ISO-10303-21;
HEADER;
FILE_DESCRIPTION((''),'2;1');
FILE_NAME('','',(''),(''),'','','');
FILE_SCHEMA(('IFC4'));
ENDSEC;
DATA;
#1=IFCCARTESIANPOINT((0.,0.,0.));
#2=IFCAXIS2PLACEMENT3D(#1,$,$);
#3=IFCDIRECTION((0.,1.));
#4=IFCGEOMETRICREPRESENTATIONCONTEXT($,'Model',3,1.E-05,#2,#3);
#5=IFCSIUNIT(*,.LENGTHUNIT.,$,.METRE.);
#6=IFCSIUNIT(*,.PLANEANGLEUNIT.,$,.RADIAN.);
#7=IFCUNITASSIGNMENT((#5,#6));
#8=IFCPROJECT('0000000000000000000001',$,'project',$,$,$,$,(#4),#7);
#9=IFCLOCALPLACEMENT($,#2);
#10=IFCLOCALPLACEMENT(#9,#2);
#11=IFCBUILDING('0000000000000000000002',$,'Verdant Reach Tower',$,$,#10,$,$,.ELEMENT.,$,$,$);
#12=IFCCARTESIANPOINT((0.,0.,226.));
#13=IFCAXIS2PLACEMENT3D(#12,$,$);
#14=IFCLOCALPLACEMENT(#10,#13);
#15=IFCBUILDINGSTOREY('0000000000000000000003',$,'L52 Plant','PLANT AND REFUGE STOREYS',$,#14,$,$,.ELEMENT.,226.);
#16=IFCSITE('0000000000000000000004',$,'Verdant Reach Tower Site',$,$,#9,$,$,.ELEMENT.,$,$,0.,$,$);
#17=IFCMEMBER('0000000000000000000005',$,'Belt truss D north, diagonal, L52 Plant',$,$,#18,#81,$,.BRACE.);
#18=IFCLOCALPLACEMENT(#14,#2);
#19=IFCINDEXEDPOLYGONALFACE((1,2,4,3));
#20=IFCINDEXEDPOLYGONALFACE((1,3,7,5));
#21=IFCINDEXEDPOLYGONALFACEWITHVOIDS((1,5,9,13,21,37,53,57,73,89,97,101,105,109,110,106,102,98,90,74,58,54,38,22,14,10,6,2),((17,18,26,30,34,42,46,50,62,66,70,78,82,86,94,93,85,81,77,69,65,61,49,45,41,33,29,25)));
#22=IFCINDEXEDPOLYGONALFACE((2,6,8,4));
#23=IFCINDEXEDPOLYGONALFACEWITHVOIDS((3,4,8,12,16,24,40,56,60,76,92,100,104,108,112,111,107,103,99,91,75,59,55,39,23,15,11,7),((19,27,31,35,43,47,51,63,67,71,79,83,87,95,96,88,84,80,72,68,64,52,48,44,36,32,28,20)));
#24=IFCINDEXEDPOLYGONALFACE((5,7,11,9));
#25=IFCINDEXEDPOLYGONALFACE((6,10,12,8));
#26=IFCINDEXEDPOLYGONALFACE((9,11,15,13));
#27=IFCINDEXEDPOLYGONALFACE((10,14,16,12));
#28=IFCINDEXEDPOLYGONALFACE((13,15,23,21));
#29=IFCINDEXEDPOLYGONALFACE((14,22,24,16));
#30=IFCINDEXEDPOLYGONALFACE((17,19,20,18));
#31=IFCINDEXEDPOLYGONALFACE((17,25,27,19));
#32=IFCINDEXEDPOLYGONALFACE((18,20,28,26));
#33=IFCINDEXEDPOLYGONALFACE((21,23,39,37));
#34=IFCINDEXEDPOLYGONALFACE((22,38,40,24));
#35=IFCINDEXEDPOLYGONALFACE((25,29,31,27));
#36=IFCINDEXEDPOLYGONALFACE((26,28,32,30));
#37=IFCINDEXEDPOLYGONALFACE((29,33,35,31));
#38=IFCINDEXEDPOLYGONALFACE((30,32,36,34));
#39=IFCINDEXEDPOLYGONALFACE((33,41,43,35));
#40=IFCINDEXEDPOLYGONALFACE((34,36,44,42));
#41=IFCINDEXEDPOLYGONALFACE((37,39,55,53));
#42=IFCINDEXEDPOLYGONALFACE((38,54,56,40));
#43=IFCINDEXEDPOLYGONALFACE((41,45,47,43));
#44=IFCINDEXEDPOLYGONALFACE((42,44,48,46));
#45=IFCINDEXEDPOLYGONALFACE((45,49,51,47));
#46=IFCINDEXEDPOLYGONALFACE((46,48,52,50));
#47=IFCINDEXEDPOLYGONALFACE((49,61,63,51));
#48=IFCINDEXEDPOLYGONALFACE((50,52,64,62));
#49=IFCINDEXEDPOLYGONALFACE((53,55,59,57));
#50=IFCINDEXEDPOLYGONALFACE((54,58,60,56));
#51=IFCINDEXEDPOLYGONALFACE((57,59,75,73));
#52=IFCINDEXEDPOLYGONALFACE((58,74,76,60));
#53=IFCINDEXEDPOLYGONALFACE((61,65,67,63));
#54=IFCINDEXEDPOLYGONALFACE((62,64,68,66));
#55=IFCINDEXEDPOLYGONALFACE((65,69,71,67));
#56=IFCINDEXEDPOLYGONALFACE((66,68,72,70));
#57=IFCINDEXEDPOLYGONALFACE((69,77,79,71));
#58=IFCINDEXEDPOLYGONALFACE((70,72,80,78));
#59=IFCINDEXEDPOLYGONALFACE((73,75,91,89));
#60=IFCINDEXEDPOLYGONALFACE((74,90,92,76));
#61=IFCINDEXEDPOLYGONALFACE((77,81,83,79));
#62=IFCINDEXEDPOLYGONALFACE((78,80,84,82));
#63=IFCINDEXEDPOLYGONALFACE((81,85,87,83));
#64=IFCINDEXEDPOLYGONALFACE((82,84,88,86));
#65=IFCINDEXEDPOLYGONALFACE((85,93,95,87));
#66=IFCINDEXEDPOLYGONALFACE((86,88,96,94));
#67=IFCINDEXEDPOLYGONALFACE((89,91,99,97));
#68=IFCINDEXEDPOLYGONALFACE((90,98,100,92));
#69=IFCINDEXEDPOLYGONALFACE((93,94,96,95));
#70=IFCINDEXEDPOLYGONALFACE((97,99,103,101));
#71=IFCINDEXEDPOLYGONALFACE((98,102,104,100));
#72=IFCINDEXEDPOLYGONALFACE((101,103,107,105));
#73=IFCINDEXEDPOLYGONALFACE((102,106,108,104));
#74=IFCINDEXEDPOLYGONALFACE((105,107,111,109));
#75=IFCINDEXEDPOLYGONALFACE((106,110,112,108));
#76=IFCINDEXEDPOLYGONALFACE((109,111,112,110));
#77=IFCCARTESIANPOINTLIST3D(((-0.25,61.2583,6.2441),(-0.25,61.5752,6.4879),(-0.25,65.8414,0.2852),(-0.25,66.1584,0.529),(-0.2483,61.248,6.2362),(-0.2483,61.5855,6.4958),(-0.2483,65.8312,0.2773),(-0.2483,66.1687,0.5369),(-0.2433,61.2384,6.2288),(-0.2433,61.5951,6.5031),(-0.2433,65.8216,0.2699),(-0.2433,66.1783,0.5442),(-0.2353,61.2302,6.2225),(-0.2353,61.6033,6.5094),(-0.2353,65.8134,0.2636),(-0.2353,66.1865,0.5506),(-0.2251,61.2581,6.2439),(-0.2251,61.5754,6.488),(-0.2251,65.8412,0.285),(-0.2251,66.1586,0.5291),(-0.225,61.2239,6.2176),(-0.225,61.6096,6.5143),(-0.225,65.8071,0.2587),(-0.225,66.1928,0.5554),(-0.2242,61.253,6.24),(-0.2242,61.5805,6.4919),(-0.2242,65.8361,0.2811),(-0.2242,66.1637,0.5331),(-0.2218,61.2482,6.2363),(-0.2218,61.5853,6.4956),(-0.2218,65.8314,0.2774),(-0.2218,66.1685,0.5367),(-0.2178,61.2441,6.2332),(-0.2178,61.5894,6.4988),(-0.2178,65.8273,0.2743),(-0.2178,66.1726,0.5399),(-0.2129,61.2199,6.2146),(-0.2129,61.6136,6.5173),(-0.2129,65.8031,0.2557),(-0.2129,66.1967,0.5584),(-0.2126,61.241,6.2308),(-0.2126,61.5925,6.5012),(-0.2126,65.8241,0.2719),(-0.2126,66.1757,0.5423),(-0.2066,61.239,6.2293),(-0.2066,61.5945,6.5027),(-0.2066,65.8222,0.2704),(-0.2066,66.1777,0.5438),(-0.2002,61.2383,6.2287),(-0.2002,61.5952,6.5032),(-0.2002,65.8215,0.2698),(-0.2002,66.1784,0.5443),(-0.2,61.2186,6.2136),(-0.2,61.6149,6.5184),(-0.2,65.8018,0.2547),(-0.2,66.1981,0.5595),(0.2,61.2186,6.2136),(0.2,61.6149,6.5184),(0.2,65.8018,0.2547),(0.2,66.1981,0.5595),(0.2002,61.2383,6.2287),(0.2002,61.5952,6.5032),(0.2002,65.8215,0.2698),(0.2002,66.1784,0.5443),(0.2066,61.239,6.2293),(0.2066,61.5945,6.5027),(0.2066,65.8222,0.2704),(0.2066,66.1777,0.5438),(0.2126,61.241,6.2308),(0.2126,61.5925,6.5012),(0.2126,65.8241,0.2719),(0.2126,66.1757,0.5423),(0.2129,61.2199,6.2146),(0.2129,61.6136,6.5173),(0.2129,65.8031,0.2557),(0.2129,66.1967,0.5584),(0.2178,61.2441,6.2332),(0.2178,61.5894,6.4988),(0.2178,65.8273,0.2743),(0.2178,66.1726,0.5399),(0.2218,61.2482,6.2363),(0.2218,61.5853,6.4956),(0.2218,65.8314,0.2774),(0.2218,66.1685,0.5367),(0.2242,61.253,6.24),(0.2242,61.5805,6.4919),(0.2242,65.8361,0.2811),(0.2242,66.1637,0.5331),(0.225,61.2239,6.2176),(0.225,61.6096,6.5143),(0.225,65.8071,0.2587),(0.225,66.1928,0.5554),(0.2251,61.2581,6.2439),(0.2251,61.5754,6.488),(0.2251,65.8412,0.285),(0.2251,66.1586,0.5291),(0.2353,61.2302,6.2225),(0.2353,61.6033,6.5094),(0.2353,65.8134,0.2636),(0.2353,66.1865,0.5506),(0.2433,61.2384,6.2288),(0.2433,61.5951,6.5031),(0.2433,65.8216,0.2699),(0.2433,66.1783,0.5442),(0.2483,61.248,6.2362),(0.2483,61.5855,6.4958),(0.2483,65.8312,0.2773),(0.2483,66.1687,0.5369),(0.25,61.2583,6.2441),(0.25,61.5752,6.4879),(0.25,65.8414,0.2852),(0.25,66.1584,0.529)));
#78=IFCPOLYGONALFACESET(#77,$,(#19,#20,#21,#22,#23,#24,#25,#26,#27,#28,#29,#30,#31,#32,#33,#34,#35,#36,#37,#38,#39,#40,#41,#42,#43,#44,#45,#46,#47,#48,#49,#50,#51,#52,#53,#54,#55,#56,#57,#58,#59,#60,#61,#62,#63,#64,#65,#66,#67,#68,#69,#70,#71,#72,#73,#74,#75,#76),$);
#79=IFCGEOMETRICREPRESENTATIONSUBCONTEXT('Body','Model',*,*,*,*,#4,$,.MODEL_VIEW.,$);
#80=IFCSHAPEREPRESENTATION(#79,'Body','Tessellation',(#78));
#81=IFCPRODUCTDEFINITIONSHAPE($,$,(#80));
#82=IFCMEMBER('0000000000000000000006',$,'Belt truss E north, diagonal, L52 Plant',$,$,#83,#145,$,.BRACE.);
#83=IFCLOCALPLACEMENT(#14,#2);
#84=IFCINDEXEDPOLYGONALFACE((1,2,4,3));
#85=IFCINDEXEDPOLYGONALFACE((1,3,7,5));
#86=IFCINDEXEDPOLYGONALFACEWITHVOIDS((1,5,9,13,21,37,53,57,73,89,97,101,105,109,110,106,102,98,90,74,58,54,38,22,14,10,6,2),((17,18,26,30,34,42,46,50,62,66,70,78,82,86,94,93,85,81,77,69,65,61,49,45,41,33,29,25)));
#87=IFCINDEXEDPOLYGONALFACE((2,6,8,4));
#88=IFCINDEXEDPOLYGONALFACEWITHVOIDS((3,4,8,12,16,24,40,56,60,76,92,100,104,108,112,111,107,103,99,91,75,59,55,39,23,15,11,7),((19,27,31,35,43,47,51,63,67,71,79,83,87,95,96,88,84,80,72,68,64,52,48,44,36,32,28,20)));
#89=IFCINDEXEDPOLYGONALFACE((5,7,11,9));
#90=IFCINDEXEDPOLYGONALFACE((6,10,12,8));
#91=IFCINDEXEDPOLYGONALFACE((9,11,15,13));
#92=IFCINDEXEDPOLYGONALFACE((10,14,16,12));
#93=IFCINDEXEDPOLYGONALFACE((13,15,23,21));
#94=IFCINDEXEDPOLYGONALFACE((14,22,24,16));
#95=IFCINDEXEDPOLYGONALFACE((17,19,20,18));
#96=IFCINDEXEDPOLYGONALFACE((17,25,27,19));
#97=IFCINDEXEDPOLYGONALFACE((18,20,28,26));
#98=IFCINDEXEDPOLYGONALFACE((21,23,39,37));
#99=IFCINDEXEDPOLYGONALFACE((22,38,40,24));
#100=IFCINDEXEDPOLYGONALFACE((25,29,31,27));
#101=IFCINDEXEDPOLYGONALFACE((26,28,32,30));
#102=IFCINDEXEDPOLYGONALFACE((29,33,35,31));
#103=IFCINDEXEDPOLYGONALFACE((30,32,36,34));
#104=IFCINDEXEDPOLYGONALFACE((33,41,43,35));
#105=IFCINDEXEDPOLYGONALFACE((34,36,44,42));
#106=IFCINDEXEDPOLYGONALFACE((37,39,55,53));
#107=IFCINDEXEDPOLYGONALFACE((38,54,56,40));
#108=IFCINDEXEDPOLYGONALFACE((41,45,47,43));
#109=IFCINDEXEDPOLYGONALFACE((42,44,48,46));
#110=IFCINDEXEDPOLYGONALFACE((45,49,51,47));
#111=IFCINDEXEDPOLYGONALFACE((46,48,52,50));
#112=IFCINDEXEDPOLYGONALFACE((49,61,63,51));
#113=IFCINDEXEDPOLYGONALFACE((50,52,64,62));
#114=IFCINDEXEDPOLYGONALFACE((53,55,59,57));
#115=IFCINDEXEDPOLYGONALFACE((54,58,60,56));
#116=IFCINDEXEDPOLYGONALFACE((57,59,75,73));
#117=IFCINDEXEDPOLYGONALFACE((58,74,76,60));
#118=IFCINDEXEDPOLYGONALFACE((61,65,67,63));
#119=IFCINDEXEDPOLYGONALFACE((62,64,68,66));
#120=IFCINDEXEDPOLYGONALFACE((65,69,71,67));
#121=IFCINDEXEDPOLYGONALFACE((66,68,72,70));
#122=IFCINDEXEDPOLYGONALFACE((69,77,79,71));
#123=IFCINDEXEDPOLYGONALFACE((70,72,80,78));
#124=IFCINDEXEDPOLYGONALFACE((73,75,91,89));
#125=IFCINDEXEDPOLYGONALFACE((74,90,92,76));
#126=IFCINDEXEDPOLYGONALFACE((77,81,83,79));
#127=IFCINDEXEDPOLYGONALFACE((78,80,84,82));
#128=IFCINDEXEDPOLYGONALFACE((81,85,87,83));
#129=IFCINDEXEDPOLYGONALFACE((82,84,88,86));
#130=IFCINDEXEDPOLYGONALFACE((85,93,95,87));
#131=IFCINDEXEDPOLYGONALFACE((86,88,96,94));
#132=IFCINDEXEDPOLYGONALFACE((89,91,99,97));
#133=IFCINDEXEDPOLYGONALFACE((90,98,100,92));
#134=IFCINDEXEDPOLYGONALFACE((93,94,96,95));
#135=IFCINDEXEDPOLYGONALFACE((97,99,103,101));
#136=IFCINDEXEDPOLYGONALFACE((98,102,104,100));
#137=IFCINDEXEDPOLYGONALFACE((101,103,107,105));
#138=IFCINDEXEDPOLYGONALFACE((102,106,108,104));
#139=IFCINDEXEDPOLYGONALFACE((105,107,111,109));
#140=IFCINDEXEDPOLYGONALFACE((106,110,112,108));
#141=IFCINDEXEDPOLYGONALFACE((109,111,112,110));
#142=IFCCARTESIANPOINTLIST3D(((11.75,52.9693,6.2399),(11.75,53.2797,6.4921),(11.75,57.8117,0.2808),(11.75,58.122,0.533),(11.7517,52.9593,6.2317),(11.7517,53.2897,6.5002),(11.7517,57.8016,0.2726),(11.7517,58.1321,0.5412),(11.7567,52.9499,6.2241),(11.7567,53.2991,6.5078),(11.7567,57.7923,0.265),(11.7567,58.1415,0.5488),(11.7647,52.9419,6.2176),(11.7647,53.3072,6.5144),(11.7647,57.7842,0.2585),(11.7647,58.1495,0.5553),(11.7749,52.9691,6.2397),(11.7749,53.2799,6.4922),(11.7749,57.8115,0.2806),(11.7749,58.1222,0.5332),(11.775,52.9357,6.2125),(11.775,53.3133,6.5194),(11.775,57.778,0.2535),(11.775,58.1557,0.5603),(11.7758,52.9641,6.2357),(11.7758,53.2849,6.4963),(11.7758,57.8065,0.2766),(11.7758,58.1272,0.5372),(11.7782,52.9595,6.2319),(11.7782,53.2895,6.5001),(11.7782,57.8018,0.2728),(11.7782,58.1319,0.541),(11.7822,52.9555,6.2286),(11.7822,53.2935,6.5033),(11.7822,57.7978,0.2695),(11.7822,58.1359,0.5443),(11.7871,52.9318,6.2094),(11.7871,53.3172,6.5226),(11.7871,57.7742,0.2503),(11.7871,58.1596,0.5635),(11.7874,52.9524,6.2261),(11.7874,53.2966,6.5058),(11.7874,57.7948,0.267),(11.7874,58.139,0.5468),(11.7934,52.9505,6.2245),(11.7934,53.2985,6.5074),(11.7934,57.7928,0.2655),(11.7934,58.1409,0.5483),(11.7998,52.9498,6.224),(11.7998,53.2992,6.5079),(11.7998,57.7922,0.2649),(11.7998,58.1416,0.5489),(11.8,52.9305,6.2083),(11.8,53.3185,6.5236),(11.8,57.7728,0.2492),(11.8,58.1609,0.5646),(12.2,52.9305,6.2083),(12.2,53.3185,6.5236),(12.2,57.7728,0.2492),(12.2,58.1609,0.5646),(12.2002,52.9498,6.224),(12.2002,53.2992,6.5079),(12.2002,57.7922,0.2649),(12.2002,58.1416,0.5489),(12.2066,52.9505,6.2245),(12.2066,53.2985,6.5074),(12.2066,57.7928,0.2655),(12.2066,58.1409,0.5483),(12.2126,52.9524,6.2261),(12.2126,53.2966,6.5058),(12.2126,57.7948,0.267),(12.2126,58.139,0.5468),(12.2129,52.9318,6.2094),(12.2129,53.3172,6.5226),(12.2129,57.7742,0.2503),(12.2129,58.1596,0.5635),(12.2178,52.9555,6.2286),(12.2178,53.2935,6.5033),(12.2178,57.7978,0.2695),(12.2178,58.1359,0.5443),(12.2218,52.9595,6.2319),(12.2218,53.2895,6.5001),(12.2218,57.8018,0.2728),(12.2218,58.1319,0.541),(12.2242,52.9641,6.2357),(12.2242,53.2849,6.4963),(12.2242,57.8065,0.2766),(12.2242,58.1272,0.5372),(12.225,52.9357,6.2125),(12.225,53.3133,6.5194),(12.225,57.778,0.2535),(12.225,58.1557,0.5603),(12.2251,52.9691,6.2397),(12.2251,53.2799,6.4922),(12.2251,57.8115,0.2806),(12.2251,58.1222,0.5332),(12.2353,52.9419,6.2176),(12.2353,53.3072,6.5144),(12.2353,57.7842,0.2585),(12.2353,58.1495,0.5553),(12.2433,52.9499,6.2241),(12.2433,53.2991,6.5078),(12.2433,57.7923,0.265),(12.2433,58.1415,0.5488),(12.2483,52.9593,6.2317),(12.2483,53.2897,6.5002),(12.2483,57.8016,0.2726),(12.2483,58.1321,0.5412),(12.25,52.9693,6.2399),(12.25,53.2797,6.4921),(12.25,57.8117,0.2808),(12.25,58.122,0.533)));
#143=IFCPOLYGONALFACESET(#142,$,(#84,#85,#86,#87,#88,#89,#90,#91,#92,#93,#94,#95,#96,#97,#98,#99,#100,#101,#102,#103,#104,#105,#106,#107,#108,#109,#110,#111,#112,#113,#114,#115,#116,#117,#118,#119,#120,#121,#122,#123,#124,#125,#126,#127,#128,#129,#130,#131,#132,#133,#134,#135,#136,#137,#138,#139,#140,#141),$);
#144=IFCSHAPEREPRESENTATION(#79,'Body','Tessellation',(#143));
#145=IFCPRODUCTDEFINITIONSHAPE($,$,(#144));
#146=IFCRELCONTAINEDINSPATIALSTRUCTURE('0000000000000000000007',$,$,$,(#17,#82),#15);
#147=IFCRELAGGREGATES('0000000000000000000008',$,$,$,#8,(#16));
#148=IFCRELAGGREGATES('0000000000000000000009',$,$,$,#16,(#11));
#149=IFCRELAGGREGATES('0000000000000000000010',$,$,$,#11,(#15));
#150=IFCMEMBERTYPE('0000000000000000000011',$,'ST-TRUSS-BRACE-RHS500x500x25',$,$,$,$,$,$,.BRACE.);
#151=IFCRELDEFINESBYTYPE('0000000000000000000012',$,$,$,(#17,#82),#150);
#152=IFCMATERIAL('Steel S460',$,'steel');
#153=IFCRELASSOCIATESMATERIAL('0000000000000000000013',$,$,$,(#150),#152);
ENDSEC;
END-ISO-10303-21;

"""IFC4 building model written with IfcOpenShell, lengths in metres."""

from ifc_helpers import new_model, si_unit, direction, frame, origin, origin_2d, place, context, subcontext, project, spatial, hollow_rectangle, extrude, material, material_profile, profile_set, type_object, element, save


model = new_model("IFC4")

# Units and contexts
model_context = context("Model", 3, precision=1e-05, world=origin(), true_north=direction((0.0, 1.0)))
body_context = subcontext(model_context, "Body", "Model", "MODEL_VIEW")
ifc_project = project(units=[si_unit("LENGTHUNIT", "METRE"), si_unit("PLANEANGLEUNIT", "RADIAN")], contexts=[model_context])

# Site, building, storey
site_placement = place(None, origin())
site = spatial("IfcSite", under=ifc_project, at=site_placement, Name="Verdant Reach Tower Site", CompositionType="ELEMENT", RefElevation=0.0)
building_placement = place(site_placement, origin())
building = spatial("IfcBuilding", under=site, at=building_placement, Name="Verdant Reach Tower", CompositionType="ELEMENT")
storey_placement = place(building_placement, frame((0.0, 0.0, 226.0)))
storey = spatial("IfcBuildingStorey", under=building, at=storey_placement, Name="L52 Plant", Description="PLANT AND REFUGE STOREYS", CompositionType="ELEMENT", Elevation=226.0)

# Shared definitions
ifc_material_1 = material(Name="Steel S460", Category="steel")

# Members
ifc_material_profile_1 = material_profile(ifc_material_1, hollow_rectangle(XDim=0.5, YDim=0.5, WallThickness=0.0249, InnerFilletRadius=0.0249, OuterFilletRadius=0.05, at=origin_2d()), Name="RHS 500x500x25")
ifc_profile_set_1 = profile_set([ifc_material_profile_1], Name="Steel S460")
member_type_1 = type_object("IfcMemberType", Name="ST-TRUSS-BRACE-RHS500x500x25", PredefinedType="BRACE", material=ifc_profile_set_1)
member_1_placement = place(storey_placement, frame((0.0, 61.4167, 6.366), z_axis=(0.0, 0.609662, -0.792661), x_axis=(-1.0, 0.0, 0.0)))
element("IfcMember", 1, at=member_1_placement, inside=storey, type_object=member_type_1, Name="Belt truss D north, diagonal, L52 Plant", PredefinedType="BRACE", context=body_context, shape_type="SweptSolid", body=[
    extrude(hollow_rectangle(XDim=0.5, YDim=0.5, WallThickness=0.0249, InnerFilletRadius=0.0249, OuterFilletRadius=0.05, at=origin_2d()), origin(), (0.0, 0.0, 1.0), 7.5176),
])
member_2_placement = place(storey_placement, frame((12.0, 53.1245, 6.366), z_axis=(0.0, 0.630641, -0.776075), x_axis=(-1.0, 0.0, 0.0)))
element("IfcMember", 2, at=member_2_placement, inside=storey, type_object=member_type_1, Name="Belt truss E north, diagonal, L52 Plant", PredefinedType="BRACE", context=body_context, shape_type="SweptSolid", body=[
    extrude(hollow_rectangle(XDim=0.5, YDim=0.5, WallThickness=0.0249, InnerFilletRadius=0.0249, OuterFilletRadius=0.05, at=origin_2d()), origin(), (0.0, 0.0, 1.0), 7.6785),
])

save(model, "model.ifc")
